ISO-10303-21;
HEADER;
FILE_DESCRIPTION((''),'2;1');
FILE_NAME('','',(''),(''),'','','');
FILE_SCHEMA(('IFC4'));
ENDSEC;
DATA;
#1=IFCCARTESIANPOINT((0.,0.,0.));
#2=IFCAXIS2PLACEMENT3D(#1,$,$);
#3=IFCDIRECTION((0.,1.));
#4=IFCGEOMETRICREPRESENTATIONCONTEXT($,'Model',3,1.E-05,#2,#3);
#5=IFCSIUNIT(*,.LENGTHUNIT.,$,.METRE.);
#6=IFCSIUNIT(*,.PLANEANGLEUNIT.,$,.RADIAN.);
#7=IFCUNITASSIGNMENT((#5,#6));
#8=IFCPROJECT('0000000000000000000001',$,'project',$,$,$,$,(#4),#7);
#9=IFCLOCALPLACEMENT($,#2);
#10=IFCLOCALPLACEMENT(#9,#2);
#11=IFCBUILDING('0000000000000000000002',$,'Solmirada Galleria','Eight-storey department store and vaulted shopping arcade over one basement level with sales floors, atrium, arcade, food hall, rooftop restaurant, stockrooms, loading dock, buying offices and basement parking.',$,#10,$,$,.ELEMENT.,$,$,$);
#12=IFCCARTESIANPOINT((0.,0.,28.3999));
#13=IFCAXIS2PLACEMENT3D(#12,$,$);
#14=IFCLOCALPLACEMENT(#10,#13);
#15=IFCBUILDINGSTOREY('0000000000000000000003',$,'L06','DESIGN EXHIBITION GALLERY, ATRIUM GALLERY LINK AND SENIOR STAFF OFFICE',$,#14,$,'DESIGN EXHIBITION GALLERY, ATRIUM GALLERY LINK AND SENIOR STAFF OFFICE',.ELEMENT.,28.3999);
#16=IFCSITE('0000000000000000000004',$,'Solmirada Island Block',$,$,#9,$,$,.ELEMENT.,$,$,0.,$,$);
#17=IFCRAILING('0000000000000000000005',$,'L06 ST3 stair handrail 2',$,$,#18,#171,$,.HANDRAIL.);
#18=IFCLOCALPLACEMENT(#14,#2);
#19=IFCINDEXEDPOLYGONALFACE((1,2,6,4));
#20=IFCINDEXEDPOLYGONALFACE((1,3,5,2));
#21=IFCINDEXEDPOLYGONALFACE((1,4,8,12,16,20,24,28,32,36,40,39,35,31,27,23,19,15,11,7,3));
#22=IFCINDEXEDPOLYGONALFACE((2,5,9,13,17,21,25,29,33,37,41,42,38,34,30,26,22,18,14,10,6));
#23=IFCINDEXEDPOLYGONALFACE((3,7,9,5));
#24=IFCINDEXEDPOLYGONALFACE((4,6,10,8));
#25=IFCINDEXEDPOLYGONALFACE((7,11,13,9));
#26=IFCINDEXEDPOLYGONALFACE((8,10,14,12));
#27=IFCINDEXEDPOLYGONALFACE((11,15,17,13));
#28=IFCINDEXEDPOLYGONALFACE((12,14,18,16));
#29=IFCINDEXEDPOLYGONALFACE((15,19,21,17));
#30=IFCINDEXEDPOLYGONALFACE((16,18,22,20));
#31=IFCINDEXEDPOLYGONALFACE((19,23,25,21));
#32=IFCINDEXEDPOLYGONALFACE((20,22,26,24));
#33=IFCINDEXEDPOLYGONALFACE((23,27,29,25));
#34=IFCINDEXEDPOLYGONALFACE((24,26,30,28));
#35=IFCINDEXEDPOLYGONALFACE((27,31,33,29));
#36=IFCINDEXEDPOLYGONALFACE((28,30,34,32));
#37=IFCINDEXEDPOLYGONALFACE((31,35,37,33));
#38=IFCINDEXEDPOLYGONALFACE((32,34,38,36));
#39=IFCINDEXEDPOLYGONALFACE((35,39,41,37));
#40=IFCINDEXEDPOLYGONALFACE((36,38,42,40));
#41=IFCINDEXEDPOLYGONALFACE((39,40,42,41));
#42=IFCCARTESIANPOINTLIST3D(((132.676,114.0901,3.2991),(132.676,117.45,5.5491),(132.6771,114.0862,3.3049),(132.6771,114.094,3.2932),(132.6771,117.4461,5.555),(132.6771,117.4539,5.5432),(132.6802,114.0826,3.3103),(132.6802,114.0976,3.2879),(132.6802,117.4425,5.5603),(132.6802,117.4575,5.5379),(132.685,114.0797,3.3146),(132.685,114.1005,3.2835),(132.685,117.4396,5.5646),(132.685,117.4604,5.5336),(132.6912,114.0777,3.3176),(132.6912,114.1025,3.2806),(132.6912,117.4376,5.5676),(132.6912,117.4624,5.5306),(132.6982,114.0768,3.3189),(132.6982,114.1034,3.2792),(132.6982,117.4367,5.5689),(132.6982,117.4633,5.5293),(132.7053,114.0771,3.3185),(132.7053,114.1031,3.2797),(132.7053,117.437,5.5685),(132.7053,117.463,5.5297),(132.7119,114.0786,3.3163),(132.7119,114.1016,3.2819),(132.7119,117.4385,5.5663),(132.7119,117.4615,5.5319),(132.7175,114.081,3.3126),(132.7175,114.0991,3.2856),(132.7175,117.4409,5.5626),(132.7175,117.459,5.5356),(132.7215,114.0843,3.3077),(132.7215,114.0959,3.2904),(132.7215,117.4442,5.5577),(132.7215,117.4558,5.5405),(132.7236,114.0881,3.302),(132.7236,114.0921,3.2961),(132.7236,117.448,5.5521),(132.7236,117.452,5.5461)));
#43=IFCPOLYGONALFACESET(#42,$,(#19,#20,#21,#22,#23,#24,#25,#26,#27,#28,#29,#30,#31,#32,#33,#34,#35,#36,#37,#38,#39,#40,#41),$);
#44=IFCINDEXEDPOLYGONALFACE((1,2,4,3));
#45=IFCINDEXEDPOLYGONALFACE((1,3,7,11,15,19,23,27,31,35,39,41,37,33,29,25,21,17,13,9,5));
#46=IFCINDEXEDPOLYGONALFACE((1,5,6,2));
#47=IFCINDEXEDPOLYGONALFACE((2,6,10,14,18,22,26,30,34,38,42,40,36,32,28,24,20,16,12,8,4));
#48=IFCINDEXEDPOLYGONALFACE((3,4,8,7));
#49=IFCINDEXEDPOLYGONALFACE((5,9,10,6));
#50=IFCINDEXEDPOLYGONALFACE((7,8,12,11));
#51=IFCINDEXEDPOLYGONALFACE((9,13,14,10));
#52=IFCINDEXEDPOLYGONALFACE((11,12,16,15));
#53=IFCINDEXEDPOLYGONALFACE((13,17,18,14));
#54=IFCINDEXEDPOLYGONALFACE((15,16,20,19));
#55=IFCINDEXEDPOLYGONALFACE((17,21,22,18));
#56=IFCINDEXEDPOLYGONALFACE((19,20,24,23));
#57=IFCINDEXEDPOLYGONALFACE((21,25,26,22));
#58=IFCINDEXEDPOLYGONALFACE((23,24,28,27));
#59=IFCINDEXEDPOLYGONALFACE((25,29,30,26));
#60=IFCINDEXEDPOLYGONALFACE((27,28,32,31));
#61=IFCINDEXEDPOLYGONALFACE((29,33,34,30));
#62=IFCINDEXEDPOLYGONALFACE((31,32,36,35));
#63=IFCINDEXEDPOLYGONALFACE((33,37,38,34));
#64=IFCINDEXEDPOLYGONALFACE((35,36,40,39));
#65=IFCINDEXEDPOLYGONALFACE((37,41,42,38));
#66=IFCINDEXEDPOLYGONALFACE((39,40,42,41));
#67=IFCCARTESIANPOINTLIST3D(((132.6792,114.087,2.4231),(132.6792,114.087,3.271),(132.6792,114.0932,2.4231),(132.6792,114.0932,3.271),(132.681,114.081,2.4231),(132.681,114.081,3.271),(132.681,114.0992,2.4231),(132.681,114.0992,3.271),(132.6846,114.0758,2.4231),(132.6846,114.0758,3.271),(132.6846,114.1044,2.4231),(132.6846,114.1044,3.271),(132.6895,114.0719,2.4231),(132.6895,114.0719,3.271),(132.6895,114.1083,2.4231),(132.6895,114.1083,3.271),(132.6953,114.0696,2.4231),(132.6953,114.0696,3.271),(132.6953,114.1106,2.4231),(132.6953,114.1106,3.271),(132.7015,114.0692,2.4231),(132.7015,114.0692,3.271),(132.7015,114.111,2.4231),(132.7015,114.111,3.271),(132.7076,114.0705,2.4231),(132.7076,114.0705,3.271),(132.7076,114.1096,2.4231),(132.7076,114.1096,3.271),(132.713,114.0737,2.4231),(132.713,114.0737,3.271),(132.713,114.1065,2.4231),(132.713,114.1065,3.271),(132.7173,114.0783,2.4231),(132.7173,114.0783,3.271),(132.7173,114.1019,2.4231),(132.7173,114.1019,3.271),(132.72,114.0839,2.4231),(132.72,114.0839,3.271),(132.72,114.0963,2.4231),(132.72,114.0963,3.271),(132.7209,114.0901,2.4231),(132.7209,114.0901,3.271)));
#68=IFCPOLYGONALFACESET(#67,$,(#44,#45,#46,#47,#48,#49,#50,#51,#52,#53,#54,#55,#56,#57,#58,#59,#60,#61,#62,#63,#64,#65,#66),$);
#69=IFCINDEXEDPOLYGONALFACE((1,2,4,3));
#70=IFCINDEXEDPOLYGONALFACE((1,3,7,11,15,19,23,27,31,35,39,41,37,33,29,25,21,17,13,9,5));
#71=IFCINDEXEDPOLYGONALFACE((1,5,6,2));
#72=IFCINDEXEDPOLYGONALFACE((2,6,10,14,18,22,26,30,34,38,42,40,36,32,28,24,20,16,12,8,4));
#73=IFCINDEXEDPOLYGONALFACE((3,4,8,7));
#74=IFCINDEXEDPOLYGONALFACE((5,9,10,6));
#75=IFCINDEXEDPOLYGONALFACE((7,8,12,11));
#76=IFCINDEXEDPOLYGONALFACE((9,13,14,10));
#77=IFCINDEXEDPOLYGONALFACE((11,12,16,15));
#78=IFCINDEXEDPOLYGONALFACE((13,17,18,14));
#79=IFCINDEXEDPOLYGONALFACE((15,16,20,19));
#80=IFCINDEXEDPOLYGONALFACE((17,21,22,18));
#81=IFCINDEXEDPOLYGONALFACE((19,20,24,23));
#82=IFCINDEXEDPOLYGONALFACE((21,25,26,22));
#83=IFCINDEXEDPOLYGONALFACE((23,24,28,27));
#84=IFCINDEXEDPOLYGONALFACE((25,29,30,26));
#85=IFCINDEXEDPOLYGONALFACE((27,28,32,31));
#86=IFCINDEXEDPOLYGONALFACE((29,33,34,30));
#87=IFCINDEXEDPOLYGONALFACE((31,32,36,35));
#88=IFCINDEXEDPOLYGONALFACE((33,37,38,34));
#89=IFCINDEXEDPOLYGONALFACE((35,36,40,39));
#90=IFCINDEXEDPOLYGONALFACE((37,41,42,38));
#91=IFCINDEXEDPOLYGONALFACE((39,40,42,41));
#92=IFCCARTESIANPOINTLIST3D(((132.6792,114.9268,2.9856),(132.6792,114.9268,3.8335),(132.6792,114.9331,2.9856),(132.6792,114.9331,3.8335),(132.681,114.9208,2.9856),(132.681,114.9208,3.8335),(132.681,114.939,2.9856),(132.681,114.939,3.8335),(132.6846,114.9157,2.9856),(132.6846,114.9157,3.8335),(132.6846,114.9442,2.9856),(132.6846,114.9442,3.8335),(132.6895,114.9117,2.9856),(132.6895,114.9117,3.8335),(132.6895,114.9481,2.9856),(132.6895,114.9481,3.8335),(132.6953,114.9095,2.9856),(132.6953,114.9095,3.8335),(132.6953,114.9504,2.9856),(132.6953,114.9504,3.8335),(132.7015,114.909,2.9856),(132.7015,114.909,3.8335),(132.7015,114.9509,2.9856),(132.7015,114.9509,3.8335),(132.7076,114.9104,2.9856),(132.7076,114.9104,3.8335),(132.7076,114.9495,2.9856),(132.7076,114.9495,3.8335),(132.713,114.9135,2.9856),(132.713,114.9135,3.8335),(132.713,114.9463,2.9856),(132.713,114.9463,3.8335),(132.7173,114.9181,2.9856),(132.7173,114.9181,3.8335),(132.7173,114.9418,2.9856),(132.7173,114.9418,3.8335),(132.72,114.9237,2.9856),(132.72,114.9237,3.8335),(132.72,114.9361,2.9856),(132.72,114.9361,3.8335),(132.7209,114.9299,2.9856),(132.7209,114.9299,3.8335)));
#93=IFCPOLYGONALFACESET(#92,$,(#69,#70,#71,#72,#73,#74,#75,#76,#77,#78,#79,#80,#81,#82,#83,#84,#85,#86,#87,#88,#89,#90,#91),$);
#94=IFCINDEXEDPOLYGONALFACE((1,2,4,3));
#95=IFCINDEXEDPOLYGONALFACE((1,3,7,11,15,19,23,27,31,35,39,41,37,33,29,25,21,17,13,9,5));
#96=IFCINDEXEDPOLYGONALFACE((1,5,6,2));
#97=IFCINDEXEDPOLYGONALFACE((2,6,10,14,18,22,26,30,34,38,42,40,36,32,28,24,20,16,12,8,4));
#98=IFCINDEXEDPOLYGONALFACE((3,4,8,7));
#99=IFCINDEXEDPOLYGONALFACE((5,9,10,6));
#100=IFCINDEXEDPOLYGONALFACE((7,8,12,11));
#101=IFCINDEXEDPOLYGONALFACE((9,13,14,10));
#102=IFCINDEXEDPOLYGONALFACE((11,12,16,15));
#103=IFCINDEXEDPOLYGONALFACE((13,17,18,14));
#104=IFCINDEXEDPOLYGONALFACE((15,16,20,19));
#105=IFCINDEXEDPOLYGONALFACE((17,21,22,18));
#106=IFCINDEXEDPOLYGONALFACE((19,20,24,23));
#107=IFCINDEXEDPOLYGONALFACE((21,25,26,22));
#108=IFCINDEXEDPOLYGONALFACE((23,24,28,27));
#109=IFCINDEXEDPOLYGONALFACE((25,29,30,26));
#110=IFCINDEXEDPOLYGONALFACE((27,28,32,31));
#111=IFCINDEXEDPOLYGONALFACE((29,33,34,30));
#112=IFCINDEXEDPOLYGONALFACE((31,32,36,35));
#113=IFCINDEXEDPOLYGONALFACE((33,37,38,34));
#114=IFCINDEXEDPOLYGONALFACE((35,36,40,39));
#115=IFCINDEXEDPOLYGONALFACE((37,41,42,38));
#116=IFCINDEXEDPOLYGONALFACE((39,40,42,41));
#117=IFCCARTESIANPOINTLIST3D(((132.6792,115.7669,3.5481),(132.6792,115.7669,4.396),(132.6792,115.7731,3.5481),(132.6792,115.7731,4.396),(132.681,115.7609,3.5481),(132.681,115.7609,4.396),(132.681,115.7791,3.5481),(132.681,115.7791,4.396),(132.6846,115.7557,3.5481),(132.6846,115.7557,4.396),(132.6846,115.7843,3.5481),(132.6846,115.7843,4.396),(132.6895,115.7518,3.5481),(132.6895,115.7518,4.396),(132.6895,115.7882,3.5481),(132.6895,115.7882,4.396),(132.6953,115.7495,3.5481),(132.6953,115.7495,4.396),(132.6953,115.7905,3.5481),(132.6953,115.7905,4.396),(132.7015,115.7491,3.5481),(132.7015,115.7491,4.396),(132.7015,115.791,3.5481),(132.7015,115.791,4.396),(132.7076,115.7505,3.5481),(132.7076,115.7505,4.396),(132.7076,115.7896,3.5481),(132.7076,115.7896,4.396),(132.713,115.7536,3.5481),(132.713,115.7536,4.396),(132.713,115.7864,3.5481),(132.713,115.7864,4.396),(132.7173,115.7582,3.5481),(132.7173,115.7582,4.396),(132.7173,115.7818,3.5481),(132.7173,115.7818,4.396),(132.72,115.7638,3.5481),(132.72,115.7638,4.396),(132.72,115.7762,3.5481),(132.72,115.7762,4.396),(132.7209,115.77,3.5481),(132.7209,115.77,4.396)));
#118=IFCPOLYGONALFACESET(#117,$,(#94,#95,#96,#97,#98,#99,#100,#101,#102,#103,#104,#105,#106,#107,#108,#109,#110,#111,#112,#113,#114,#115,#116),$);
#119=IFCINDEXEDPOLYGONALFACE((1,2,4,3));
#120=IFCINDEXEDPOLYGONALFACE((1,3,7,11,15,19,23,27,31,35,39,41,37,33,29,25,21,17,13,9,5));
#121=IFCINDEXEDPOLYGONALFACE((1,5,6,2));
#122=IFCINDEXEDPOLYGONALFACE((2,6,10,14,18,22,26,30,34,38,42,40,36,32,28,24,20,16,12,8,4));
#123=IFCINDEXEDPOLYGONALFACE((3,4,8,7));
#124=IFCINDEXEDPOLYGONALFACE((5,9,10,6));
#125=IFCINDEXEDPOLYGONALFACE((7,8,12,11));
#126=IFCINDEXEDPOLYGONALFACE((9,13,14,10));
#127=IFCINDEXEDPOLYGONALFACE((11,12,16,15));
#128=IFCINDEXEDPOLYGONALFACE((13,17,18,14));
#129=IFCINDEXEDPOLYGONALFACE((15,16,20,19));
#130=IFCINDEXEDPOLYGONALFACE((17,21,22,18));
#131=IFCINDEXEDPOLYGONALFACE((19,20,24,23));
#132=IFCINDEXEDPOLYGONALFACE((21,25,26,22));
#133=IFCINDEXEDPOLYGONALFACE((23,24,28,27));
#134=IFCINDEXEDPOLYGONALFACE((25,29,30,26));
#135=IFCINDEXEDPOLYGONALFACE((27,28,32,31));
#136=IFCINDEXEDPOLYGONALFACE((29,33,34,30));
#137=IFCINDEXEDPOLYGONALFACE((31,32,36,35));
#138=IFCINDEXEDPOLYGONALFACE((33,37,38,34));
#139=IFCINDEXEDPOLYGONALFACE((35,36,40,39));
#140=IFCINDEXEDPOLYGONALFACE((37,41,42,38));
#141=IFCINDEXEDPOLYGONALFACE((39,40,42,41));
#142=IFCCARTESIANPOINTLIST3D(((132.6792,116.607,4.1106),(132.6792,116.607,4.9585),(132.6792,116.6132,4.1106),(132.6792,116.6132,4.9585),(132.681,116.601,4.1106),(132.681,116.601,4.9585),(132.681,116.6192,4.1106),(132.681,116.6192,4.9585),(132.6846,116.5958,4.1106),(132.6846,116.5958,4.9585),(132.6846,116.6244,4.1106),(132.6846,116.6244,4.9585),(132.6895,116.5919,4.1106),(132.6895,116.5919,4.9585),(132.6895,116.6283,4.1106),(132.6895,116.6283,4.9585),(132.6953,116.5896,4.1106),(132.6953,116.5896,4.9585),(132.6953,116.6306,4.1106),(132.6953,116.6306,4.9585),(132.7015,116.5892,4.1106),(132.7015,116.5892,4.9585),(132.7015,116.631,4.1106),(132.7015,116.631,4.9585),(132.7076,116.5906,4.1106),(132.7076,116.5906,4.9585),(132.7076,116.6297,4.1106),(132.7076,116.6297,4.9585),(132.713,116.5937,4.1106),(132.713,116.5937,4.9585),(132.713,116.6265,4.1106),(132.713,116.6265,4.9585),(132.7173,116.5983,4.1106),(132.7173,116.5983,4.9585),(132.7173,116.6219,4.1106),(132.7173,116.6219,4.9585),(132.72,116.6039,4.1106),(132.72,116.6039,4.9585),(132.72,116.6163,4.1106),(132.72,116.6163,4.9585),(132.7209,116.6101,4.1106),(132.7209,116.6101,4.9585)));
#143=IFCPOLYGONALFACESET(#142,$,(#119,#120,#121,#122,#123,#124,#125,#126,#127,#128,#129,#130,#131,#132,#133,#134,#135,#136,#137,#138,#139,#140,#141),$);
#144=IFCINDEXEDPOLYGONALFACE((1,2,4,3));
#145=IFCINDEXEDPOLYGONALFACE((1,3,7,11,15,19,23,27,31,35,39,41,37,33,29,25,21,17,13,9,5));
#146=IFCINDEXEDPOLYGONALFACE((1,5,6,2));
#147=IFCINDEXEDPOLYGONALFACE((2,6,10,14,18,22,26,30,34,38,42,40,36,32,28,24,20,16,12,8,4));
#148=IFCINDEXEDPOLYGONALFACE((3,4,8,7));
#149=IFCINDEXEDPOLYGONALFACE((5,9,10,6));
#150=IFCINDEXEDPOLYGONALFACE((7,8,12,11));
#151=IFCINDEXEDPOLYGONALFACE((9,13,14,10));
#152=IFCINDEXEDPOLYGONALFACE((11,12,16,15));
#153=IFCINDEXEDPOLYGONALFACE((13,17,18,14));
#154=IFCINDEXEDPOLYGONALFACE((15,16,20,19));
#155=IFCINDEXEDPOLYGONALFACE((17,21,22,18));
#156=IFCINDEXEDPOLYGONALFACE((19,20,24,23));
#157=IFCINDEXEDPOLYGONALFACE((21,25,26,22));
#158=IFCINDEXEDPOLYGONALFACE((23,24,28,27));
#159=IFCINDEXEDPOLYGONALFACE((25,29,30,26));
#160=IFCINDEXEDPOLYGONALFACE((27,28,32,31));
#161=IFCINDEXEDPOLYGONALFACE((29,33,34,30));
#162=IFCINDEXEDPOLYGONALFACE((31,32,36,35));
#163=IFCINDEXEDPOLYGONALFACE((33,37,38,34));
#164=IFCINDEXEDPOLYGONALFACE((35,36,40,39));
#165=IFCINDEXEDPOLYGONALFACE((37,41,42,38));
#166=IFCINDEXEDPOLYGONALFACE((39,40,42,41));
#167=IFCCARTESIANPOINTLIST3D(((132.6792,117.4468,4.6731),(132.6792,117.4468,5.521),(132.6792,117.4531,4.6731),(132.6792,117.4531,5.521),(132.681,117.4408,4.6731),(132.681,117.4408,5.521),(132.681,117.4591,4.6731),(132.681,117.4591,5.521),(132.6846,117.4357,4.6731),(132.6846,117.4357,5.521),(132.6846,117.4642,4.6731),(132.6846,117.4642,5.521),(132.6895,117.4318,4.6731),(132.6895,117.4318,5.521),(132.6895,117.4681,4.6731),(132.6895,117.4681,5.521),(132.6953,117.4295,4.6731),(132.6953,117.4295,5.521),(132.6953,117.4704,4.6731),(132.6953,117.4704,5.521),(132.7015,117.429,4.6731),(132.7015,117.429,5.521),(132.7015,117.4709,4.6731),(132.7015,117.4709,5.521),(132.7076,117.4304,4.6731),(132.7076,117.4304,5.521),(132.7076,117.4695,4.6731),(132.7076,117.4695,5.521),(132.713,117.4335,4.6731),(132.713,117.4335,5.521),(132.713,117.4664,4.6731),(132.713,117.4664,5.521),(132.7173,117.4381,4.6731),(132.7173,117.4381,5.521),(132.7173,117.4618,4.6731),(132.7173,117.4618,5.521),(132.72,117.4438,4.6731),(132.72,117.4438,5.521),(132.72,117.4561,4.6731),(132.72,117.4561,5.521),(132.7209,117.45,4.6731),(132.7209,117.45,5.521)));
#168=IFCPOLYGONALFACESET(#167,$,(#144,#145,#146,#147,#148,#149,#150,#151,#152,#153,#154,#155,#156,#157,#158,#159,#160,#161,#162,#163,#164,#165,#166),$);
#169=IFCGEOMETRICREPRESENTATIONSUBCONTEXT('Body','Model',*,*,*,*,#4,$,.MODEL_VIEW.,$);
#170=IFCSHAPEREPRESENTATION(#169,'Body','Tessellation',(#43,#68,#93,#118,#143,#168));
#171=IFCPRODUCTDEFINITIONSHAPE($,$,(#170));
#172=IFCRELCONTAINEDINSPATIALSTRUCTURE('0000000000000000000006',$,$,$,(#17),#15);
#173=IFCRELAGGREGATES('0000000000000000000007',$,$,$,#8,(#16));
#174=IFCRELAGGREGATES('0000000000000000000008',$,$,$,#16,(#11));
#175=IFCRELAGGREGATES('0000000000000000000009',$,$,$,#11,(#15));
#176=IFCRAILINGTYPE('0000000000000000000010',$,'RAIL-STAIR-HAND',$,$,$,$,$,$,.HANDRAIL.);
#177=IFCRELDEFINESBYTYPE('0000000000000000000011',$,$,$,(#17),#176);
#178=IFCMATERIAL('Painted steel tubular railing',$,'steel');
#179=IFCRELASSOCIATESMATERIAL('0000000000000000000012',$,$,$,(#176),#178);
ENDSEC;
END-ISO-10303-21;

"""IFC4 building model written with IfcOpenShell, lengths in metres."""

from ifc_helpers import new_model, si_unit, direction, frame, origin, origin_2d, place, context, subcontext, project, spatial, circle, extrude, material, type_object, element, save


model = new_model("IFC4")

# Units and contexts
model_context = context("Model", 3, precision=1e-05, world=origin(), true_north=direction((0.0, 1.0)))
body_context = subcontext(model_context, "Body", "Model", "MODEL_VIEW")
ifc_project = project(units=[si_unit("LENGTHUNIT", "METRE"), si_unit("PLANEANGLEUNIT", "RADIAN")], contexts=[model_context])

# Site, building, storey
site_placement = place(None, origin())
site = spatial("IfcSite", under=ifc_project, at=site_placement, Name="Solmirada Island Block", CompositionType="ELEMENT", RefElevation=0.0)
building_placement = place(site_placement, origin())
building = spatial("IfcBuilding", under=site, at=building_placement, Name="Solmirada Galleria", Description="Eight-storey department store and vaulted shopping arcade over one basement level with sales floors, atrium, arcade, food hall, rooftop restaurant, stockrooms, loading dock, buying offices and basement parking.", CompositionType="ELEMENT")
storey_placement = place(building_placement, frame((0.0, 0.0, 28.3999)))
storey = spatial("IfcBuildingStorey", under=building, at=storey_placement, Name="L06", Description="DESIGN EXHIBITION GALLERY, ATRIUM GALLERY LINK AND SENIOR STAFF OFFICE", LongName="DESIGN EXHIBITION GALLERY, ATRIUM GALLERY LINK AND SENIOR STAFF OFFICE", CompositionType="ELEMENT", Elevation=28.3999)

# Railing
ifc_material_1 = material(Name="Painted steel tubular railing", Category="steel")
railing_type_1 = type_object("IfcRailingType", Name="RAIL-STAIR-HAND", PredefinedType="HANDRAIL", material=ifc_material_1)
railing_1_placement = place(storey_placement, frame((132.7, 114.0901, 2.4231)))
element("IfcRailing", 1, at=railing_1_placement, inside=storey, type_object=railing_type_1, Name="L06 ST3 stair handrail 2", PredefinedType="HANDRAIL", context=body_context, shape_type="SweptSolid", body=[
    extrude(circle(Radius=0.0239, at=origin_2d()), frame((0.0, 0.0, 0.876), z_axis=(0.0, 0.830897, 0.556427), x_axis=(-1.0, 0.0, 0.0)), (0.0, 0.0, 1.0), 4.0437),
    extrude(circle(Radius=0.021, at=origin_2d()), origin(), (0.0, 0.0, 1.0), 0.8479),
    extrude(circle(Radius=0.021, at=origin_2d()), frame((0.0, 0.8398, 0.5625)), (0.0, 0.0, 1.0), 0.8479),
    extrude(circle(Radius=0.021, at=origin_2d()), frame((0.0, 1.6799, 1.125)), (0.0, 0.0, 1.0), 0.8479),
    extrude(circle(Radius=0.021, at=origin_2d()), frame((0.0, 2.52, 1.6875)), (0.0, 0.0, 1.0), 0.8479),
    extrude(circle(Radius=0.021, at=origin_2d()), frame((0.0, 3.3599, 2.25)), (0.0, 0.0, 1.0), 0.8479),
])

save(model, "model.ifc")
